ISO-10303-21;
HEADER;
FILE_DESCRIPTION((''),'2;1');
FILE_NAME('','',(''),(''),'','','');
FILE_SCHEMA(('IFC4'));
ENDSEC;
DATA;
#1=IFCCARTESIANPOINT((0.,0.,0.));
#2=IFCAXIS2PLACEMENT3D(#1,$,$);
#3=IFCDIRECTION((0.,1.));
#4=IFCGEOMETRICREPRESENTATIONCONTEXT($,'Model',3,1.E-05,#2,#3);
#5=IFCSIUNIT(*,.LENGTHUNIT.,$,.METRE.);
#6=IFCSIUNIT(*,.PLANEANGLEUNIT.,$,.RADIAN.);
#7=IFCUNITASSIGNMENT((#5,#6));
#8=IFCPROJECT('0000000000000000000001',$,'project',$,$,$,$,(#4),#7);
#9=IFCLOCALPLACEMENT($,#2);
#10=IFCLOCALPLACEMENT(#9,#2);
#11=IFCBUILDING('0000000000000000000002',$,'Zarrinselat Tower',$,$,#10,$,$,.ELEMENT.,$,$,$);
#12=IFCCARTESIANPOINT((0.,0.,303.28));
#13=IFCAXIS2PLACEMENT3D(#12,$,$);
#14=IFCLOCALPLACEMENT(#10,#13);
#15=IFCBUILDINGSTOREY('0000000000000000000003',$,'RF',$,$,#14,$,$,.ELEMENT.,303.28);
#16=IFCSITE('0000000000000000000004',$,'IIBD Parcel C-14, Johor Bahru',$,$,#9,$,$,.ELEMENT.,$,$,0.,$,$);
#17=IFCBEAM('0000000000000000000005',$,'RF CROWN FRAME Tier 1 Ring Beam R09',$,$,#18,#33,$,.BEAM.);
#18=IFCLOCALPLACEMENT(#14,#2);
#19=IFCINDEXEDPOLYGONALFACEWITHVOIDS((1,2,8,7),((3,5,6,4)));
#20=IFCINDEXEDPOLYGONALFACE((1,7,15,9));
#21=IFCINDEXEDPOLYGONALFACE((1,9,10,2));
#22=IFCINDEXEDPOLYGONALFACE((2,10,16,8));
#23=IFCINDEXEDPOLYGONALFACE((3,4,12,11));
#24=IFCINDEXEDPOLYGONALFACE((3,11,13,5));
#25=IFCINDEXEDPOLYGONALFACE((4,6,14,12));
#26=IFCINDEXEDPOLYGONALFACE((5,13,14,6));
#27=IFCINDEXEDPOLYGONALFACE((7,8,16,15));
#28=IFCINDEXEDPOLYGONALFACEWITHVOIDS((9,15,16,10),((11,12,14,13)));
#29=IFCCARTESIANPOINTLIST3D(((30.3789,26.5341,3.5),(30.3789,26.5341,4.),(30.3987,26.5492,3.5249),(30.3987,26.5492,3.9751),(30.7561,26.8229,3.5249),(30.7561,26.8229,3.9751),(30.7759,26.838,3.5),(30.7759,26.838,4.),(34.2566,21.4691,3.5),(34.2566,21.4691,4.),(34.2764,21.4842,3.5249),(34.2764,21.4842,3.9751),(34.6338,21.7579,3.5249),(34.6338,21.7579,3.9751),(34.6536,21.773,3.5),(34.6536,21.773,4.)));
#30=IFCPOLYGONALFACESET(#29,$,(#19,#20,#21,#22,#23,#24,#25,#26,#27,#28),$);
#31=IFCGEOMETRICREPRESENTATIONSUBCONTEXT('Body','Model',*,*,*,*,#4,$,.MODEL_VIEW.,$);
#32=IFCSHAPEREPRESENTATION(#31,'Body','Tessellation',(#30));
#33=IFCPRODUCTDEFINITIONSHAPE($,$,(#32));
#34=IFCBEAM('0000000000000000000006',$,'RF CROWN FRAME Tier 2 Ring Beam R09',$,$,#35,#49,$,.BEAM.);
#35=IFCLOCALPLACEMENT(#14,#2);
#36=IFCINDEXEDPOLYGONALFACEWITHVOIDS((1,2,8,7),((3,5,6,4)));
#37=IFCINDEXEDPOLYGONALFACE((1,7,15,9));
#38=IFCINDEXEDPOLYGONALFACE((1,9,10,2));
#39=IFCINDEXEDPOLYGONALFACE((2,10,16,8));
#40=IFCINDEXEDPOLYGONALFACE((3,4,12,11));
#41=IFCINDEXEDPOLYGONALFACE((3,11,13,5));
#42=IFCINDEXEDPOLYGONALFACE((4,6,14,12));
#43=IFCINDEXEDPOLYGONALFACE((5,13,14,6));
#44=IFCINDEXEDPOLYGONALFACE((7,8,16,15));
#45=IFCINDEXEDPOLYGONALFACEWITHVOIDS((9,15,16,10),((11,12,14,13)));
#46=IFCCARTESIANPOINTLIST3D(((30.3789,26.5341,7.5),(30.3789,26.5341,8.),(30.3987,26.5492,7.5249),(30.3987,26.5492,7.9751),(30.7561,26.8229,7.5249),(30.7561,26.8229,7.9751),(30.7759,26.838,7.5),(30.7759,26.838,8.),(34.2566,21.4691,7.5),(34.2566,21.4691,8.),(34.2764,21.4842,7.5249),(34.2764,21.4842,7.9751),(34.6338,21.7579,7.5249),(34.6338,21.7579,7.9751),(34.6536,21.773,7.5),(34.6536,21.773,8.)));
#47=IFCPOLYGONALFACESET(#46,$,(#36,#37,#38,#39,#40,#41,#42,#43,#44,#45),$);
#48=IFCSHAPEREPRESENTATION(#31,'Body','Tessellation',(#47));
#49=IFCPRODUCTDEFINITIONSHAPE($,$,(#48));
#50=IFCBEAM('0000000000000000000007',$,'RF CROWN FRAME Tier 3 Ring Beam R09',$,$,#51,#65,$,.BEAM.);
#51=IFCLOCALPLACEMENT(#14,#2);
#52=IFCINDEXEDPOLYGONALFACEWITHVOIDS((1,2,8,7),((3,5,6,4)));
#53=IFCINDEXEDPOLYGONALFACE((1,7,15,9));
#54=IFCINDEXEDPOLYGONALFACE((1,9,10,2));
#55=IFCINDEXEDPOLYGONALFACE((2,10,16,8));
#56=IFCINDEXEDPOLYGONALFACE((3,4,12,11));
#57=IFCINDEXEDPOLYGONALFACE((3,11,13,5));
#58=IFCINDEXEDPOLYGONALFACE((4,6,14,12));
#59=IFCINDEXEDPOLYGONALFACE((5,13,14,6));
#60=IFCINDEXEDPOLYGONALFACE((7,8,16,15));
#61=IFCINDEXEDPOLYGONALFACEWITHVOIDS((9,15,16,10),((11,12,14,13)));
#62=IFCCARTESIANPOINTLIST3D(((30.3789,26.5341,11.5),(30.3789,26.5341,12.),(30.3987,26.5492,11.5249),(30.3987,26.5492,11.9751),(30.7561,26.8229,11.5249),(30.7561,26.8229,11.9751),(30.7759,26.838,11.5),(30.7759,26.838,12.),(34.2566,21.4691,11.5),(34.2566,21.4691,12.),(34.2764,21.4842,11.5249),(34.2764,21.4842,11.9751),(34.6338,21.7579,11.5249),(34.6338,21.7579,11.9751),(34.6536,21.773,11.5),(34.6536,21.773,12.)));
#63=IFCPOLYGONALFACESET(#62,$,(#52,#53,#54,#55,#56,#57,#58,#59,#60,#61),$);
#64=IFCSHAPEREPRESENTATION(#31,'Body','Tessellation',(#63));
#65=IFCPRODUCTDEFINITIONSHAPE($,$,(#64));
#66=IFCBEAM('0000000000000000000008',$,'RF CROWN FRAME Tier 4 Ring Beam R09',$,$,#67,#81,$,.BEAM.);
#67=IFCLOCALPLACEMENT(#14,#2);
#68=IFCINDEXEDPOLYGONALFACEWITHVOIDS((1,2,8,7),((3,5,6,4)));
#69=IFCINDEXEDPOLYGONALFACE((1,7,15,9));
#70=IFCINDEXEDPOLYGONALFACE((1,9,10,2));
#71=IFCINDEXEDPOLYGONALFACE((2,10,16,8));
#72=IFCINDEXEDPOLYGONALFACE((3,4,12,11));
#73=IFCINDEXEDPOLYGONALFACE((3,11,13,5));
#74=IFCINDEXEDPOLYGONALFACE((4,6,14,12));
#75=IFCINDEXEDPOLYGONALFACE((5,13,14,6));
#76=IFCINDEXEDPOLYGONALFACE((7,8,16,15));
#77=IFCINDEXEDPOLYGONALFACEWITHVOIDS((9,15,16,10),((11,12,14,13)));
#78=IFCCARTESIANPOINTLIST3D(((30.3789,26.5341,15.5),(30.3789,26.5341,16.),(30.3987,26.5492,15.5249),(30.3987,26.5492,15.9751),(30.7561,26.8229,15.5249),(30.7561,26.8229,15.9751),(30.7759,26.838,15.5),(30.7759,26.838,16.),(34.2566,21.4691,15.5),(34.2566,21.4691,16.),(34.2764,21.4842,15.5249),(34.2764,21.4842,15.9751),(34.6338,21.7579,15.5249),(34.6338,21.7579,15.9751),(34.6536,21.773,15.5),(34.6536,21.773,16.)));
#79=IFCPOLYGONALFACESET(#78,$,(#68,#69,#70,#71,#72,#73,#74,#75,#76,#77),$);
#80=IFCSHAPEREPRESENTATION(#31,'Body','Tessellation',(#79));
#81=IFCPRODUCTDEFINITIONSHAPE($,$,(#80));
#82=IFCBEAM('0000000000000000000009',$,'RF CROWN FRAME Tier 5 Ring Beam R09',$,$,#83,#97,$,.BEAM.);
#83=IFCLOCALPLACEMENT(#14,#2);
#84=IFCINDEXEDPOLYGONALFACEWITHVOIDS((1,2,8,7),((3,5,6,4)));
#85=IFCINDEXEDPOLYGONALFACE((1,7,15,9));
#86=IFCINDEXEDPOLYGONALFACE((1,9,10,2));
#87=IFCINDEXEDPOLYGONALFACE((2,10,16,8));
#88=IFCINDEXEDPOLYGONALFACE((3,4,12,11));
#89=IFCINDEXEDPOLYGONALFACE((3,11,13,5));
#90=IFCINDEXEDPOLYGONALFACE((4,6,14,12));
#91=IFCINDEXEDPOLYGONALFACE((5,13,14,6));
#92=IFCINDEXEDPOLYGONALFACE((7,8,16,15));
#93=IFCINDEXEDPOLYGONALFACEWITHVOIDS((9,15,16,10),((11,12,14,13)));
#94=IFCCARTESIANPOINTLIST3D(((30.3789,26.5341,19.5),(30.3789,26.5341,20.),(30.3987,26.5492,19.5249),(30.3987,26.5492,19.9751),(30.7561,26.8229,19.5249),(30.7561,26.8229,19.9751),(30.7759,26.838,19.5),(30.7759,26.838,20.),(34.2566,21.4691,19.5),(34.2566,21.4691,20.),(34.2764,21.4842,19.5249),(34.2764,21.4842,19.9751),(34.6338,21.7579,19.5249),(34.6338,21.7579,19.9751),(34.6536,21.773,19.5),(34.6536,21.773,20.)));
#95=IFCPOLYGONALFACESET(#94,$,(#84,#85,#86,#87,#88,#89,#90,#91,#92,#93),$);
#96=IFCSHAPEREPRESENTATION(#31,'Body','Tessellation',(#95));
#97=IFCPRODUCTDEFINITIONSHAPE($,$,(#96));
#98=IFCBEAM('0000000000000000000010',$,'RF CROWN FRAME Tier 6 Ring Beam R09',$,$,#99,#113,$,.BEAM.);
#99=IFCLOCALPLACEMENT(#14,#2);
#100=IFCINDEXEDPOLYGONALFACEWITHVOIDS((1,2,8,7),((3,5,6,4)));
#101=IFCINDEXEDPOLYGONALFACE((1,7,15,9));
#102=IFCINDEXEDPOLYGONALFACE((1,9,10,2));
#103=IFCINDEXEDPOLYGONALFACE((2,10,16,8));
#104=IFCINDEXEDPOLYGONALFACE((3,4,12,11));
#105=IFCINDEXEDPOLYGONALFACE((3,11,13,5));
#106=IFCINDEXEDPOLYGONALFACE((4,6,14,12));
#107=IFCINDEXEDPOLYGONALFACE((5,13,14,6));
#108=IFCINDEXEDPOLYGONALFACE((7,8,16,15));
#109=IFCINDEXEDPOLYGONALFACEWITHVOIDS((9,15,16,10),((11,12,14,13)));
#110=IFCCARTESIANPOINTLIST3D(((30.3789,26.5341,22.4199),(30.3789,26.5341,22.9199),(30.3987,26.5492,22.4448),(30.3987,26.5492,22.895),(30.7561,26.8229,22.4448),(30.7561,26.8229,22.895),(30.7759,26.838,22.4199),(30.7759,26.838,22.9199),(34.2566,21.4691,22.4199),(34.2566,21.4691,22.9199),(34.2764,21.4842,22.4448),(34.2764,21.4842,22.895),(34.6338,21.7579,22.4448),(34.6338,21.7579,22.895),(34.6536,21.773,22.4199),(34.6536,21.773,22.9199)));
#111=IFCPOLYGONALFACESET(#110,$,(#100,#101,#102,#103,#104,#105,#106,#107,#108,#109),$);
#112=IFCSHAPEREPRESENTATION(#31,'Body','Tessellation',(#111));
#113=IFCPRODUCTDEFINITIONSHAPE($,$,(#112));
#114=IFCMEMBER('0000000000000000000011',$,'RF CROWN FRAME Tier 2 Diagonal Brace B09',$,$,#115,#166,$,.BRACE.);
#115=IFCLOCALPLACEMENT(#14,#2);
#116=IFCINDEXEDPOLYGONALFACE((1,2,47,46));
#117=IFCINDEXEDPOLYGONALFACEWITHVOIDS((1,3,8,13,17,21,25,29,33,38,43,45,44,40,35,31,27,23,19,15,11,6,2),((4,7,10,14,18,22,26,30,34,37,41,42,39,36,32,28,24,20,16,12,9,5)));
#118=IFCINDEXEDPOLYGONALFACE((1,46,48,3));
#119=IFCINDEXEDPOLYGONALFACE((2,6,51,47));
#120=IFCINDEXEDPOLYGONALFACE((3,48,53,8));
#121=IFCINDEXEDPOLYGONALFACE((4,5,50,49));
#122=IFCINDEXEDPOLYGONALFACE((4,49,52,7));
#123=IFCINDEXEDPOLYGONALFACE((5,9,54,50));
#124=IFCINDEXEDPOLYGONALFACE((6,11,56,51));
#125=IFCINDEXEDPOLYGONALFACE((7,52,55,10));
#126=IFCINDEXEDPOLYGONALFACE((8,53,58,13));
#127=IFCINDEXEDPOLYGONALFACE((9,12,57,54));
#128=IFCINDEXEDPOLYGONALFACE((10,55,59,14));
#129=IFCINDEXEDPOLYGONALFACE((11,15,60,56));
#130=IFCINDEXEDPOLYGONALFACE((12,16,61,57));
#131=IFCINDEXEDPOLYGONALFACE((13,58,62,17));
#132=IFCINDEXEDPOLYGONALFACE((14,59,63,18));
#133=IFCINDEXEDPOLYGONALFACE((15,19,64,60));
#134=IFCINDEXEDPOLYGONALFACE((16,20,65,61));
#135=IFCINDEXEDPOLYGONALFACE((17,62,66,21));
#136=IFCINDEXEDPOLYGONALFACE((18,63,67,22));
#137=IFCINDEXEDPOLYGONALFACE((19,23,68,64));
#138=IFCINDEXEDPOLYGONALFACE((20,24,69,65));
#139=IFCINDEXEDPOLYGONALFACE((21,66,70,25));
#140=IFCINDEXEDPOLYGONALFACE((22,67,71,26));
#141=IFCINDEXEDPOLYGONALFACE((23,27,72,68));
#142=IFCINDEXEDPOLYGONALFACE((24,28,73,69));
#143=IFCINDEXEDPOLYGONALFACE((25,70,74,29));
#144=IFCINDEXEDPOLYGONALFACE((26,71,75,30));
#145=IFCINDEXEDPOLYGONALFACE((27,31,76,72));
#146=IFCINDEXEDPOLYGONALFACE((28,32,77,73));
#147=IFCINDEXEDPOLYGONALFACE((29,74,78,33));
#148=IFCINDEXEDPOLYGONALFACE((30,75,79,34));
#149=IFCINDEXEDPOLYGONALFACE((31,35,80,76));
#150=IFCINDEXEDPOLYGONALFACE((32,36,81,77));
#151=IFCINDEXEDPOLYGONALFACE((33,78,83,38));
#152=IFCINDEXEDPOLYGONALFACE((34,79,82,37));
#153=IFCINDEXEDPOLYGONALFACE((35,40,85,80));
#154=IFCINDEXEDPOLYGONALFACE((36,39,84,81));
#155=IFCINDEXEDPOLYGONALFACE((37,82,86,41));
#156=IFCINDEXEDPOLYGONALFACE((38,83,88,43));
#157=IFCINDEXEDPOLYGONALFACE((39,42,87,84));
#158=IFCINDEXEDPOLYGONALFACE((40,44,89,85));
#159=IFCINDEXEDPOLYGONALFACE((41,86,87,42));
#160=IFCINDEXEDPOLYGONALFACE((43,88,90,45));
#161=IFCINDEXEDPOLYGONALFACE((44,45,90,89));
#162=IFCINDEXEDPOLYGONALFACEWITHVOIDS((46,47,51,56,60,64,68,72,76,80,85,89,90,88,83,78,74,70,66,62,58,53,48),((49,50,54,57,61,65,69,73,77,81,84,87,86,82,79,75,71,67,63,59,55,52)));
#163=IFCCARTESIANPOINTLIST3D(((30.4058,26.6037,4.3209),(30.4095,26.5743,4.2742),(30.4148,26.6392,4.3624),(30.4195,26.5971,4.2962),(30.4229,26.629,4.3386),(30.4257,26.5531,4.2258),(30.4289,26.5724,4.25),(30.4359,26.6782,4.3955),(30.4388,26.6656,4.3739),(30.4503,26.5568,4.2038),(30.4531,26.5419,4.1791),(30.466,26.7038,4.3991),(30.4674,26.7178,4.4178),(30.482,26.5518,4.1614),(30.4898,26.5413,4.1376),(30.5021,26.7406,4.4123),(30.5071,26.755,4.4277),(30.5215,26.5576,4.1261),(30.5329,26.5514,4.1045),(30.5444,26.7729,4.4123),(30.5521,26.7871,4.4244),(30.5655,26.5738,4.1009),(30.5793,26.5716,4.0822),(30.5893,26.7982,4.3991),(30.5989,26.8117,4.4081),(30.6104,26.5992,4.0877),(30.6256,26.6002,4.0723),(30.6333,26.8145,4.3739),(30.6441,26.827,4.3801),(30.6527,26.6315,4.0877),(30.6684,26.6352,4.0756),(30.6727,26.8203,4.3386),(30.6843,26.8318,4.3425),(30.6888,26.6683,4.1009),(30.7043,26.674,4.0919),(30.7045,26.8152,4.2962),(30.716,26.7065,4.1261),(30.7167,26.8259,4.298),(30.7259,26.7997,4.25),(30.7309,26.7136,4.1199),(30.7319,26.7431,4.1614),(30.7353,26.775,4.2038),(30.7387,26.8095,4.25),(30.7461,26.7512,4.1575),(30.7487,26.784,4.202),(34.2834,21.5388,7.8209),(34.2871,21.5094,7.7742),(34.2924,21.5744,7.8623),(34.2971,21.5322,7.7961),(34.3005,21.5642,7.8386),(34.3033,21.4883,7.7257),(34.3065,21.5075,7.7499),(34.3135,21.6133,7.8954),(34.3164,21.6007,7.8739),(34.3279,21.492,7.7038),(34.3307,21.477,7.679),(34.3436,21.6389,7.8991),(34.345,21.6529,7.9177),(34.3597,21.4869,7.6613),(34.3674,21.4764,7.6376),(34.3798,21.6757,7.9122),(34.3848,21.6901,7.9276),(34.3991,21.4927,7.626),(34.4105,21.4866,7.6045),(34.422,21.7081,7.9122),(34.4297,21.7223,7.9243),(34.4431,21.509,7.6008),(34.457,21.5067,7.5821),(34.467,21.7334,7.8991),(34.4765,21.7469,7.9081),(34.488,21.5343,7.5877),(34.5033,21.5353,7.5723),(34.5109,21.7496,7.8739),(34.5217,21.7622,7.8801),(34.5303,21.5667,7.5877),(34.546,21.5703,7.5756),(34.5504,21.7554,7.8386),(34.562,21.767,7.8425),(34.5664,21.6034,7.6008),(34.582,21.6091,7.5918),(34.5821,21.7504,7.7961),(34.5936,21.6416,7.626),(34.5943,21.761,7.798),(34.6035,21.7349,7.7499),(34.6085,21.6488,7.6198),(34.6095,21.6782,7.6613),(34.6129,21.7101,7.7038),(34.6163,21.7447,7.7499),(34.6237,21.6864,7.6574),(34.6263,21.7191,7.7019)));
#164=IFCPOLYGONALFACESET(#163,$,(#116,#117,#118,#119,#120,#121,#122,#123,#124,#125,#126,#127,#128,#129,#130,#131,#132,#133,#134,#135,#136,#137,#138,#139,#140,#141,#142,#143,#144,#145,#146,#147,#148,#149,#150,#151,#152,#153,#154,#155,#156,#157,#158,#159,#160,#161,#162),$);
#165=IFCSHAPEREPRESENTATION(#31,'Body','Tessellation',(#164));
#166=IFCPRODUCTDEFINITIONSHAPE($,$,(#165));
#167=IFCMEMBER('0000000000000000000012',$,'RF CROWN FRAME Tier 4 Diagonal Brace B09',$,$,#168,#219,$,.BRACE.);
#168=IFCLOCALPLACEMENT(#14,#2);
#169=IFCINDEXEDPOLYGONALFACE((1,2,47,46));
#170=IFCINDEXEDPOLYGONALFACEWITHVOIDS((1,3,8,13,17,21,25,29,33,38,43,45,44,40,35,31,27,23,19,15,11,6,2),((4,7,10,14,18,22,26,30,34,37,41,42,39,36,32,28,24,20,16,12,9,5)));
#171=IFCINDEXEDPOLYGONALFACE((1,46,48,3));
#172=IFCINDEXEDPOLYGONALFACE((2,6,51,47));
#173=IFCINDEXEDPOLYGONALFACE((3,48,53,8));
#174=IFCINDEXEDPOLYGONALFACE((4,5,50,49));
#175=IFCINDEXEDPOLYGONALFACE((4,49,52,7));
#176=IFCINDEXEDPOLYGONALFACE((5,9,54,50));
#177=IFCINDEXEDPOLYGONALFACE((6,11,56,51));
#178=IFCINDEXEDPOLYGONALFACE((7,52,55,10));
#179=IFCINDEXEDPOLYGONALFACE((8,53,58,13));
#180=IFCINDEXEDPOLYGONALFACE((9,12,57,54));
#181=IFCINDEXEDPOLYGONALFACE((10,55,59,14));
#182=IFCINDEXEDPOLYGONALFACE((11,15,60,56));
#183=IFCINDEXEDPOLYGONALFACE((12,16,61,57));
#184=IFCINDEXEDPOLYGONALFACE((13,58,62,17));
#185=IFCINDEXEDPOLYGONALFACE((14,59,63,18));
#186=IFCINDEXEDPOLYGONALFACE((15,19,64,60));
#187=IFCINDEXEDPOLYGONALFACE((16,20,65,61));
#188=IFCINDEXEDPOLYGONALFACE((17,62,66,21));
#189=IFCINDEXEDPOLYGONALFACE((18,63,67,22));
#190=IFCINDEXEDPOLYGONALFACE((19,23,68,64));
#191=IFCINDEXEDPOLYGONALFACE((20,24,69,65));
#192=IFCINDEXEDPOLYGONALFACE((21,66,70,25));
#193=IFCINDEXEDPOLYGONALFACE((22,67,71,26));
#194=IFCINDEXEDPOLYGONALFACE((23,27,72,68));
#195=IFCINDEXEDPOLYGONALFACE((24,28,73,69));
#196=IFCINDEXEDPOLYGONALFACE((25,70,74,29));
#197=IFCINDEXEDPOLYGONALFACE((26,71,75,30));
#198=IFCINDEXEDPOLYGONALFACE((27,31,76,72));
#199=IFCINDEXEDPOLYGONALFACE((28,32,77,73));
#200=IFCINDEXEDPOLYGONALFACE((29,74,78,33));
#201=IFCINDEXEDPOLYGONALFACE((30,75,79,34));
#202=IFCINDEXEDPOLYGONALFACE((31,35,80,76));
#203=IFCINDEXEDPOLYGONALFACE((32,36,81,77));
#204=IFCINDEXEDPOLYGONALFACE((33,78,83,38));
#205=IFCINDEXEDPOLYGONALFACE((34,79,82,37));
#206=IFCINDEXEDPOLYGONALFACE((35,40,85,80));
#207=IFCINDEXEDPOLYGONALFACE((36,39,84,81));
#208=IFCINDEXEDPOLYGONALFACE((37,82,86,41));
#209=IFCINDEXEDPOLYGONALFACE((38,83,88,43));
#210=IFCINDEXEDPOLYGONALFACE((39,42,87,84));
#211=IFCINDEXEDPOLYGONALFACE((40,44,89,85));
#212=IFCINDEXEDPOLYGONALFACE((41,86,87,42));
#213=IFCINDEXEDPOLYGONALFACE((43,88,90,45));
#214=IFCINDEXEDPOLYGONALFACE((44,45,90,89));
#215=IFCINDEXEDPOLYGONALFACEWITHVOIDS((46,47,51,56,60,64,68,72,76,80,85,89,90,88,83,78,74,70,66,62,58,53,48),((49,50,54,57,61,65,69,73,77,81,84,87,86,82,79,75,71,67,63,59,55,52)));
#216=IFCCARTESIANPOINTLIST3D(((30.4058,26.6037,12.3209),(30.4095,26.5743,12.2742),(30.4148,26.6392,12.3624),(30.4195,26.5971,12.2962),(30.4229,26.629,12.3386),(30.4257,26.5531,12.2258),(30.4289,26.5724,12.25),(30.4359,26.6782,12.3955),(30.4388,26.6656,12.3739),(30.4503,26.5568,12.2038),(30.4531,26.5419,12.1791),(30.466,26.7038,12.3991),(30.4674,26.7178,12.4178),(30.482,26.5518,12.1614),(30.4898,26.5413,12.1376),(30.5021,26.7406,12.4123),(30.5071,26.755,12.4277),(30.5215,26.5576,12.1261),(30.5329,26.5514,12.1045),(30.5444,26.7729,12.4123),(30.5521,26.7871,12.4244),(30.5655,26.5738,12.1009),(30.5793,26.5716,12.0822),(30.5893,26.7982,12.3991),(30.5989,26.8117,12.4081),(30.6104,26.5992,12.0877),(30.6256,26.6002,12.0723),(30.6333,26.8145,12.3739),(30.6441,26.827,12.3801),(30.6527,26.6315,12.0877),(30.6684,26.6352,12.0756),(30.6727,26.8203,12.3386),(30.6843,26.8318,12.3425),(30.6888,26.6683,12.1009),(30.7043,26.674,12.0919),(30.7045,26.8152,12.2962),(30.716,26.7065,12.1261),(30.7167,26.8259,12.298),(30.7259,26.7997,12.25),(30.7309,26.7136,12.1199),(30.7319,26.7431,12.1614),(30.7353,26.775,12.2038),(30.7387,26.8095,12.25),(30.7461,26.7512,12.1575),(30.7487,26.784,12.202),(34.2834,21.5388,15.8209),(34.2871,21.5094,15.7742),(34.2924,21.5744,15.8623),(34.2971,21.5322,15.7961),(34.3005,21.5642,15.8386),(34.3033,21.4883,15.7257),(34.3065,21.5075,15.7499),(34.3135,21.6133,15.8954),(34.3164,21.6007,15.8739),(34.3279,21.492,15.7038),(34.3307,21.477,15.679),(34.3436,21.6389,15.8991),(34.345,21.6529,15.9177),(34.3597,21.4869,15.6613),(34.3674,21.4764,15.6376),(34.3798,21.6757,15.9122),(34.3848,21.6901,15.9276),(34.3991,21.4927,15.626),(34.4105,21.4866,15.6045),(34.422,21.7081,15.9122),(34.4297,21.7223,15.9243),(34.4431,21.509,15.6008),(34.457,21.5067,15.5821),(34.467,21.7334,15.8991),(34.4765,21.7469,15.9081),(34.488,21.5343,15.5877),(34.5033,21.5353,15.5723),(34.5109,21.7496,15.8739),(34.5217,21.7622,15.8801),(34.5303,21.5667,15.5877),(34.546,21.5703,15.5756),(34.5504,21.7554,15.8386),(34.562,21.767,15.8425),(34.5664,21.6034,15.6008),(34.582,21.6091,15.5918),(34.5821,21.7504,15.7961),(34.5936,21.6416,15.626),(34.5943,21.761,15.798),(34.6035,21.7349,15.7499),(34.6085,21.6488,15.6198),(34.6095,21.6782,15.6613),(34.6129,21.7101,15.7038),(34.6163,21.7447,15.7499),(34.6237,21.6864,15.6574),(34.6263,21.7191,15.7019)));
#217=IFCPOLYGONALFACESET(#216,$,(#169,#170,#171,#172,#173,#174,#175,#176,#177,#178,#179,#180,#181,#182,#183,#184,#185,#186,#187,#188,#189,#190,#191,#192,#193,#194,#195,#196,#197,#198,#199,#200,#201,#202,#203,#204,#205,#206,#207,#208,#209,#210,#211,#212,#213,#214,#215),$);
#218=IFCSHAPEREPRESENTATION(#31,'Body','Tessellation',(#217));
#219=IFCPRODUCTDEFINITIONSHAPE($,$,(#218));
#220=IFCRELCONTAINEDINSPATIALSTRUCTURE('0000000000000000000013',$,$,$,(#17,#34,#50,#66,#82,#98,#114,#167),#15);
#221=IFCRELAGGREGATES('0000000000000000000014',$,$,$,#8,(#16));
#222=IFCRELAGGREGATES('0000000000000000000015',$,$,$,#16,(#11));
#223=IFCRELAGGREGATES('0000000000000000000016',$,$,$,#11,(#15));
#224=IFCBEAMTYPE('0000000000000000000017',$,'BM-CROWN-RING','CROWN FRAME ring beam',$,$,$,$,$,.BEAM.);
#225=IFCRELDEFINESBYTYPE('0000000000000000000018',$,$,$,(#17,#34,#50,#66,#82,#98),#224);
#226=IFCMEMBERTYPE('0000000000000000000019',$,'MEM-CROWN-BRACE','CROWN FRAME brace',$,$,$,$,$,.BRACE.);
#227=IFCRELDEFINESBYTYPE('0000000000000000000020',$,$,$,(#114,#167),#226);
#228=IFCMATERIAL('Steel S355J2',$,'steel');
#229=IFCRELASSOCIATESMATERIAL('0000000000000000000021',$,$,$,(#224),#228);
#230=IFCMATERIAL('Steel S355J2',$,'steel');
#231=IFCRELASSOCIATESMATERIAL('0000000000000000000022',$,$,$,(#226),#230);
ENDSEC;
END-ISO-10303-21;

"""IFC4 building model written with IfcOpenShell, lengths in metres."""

from ifc_helpers import new_model, si_unit, direction, frame, origin, origin_2d, place, context, subcontext, project, spatial, hollow_rectangle, hollow_circle, extrude, material, material_profile, profile_set, type_object, element, save


model = new_model("IFC4")

# Units and contexts
model_context = context("Model", 3, precision=1e-05, world=origin(), true_north=direction((0.0, 1.0)))
body_context = subcontext(model_context, "Body", "Model", "MODEL_VIEW")
ifc_project = project(units=[si_unit("LENGTHUNIT", "METRE"), si_unit("PLANEANGLEUNIT", "RADIAN")], contexts=[model_context])

# Site, building, storey
site_placement = place(None, origin())
site = spatial("IfcSite", under=ifc_project, at=site_placement, Name="IIBD Parcel C-14, Johor Bahru", CompositionType="ELEMENT", RefElevation=0.0)
building_placement = place(site_placement, origin())
building = spatial("IfcBuilding", under=site, at=building_placement, Name="Zarrinselat Tower", CompositionType="ELEMENT")
storey_placement = place(building_placement, frame((0.0, 0.0, 303.28)))
storey = spatial("IfcBuildingStorey", under=building, at=storey_placement, Name="RF", CompositionType="ELEMENT", Elevation=303.28)

# Beams
ifc_material_1 = material(Name="Steel S355J2", Category="steel")
ifc_material_profile_1 = material_profile(ifc_material_1, hollow_rectangle(XDim=0.5, YDim=0.5, WallThickness=0.0249, at=origin_2d()), Name="SHS 500x500x25")
ifc_profile_set_1 = profile_set([ifc_material_profile_1], Name="Steel S355J2")
beam_type = type_object("IfcBeamType", Name="BM-CROWN-RING", Description="CROWN FRAME ring beam", PredefinedType="BEAM", material=ifc_profile_set_1)
for number, where, z_axis, x_axis, name in (
    (1, (30.5774, 26.686, 3.75), (0.607895, -0.794018, 0.0), (0.794018, 0.607895, 0.0), "RF CROWN FRAME Tier 1 Ring Beam R09"),
    (2, (30.5774, 26.686, 7.75), (0.607895, -0.794018, 0.0), (0.794018, 0.607895, 0.0), "RF CROWN FRAME Tier 2 Ring Beam R09"),
    (3, (30.5774, 26.686, 11.75), (0.607895, -0.794018, 0.0), (0.794018, 0.607895, 0.0), "RF CROWN FRAME Tier 3 Ring Beam R09"),
    (4, (30.5774, 26.686, 15.75), (0.607895, -0.794018, 0.0), (0.794018, 0.607895, 0.0), "RF CROWN FRAME Tier 4 Ring Beam R09"),
    (5, (30.5774, 26.686, 19.75), (0.607895, -0.794018, 0.0), (0.794018, 0.607895, 0.0), "RF CROWN FRAME Tier 5 Ring Beam R09"),
    (6, (30.5774, 26.686, 22.6699), (0.607895, -0.794018, 0.0), (0.794018, 0.607895, 0.0), "RF CROWN FRAME Tier 6 Ring Beam R09"),
):
    element("IfcBeam", number, at=place(storey_placement, frame(where, z_axis=z_axis, x_axis=x_axis)), inside=storey, type_object=beam_type, Name=name, PredefinedType="BEAM", context=body_context, shape_type="SweptSolid", body=[
        extrude(hollow_rectangle(XDim=0.5, YDim=0.5, WallThickness=0.0249, at=origin_2d()), origin(), (0.0, 0.0, 1.0), 6.3789),
    ])

# Members
ifc_material_2 = material(Name="Steel S355J2", Category="steel")
ifc_material_profile_2 = material_profile(ifc_material_2, hollow_circle(Radius=0.2031, WallThickness=0.0161, at=origin_2d()), Name="CHS 406.4x16")
ifc_profile_set_2 = profile_set([ifc_material_profile_2], Name="Steel S355J2")
member_type_1 = type_object("IfcMemberType", Name="MEM-CROWN-BRACE", Description="CROWN FRAME brace", PredefinedType="BRACE", material=ifc_profile_set_2)
for number, where, z_axis, x_axis, name in (
    (7, (30.5774, 26.686, 4.25), (0.532942, -0.696117, 0.481034), (0.794018, 0.607895, 0.0), "RF CROWN FRAME Tier 2 Diagonal Brace B09"),
    (8, (30.5774, 26.686, 12.25), (0.532942, -0.696117, 0.481034), (0.794018, 0.607895, 0.0), "RF CROWN FRAME Tier 4 Diagonal Brace B09"),
):
    element("IfcMember", number, at=place(storey_placement, frame(where, z_axis=z_axis, x_axis=x_axis)), inside=storey, type_object=member_type_1, Name=name, PredefinedType="BRACE", context=body_context, shape_type="SweptSolid", body=[
        extrude(hollow_circle(Radius=0.2031, WallThickness=0.0161, at=origin_2d()), origin(), (0.0, 0.0, 1.0), 7.2759),
    ])

save(model, "model.ifc")
